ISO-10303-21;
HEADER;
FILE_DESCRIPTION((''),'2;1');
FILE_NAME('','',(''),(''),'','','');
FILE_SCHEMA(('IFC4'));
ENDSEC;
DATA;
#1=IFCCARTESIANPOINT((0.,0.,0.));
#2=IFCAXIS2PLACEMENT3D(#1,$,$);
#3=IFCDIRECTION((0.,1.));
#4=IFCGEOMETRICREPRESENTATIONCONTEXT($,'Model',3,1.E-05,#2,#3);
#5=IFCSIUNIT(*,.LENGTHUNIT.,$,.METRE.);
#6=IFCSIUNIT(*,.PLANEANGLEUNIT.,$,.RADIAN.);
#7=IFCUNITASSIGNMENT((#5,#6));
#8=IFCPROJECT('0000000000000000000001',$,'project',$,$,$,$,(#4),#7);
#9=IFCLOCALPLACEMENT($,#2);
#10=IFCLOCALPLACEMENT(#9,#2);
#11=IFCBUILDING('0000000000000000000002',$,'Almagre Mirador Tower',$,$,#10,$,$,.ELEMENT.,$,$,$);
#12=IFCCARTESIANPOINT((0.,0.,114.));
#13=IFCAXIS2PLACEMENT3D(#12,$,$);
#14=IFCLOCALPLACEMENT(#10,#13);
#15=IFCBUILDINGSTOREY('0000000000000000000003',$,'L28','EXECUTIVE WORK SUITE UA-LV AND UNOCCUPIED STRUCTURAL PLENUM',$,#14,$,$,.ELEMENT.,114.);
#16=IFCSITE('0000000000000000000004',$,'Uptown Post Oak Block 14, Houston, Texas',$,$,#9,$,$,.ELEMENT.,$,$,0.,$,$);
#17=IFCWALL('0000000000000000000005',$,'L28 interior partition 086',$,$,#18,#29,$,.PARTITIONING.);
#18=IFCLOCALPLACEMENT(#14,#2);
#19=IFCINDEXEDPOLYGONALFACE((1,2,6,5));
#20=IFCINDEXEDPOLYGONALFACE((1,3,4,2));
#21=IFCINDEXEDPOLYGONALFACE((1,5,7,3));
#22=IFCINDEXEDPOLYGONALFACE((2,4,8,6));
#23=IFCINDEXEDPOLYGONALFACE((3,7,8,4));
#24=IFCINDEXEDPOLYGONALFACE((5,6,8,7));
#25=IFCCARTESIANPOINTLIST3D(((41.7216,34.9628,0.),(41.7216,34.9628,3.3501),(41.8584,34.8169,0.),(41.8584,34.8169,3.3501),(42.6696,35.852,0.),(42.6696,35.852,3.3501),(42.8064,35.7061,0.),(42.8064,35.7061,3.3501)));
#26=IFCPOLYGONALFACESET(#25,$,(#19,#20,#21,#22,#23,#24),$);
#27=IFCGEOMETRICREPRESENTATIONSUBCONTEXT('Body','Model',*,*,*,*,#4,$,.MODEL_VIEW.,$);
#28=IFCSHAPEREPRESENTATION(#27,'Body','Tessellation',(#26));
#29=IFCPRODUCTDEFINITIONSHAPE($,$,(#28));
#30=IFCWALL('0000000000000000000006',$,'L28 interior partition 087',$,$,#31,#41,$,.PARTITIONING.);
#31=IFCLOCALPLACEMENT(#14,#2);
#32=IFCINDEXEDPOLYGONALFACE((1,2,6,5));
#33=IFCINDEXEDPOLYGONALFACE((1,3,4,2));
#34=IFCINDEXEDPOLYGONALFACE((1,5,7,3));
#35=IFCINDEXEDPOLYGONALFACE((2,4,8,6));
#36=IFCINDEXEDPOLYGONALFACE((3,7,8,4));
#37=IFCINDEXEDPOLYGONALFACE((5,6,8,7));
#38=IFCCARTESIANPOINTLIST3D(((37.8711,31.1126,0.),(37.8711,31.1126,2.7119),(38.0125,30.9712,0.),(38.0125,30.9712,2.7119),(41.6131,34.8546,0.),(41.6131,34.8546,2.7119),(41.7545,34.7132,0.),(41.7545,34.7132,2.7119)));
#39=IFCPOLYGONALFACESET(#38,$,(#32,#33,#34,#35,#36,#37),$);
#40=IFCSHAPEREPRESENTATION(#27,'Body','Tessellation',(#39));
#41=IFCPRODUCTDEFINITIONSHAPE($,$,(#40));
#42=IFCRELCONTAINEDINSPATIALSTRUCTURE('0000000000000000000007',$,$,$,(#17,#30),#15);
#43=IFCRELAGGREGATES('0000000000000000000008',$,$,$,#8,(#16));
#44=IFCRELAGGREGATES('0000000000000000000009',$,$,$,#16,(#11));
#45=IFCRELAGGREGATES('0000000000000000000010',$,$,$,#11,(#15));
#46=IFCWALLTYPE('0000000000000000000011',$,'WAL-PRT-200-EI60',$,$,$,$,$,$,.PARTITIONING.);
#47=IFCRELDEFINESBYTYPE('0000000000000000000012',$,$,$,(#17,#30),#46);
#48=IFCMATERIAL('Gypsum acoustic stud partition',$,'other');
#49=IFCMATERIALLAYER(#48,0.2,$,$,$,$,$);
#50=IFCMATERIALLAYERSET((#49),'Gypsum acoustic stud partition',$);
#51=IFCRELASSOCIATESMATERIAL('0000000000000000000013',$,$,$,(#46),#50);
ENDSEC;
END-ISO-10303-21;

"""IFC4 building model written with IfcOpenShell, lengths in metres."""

from ifc_helpers import new_model, si_unit, direction, frame, frame_2d, origin, place, context, subcontext, project, spatial, rectangle, extrude, material, layer, layer_set, type_object, element, save


model = new_model("IFC4")

# Units and contexts
model_context = context("Model", 3, precision=1e-05, world=origin(), true_north=direction((0.0, 1.0)))
body_context = subcontext(model_context, "Body", "Model", "MODEL_VIEW")
ifc_project = project(units=[si_unit("LENGTHUNIT", "METRE"), si_unit("PLANEANGLEUNIT", "RADIAN")], contexts=[model_context])

# Site, building, storey
site_placement = place(None, origin())
site = spatial("IfcSite", under=ifc_project, at=site_placement, Name="Uptown Post Oak Block 14, Houston, Texas", CompositionType="ELEMENT", RefElevation=0.0)
building_placement = place(site_placement, origin())
building = spatial("IfcBuilding", under=site, at=building_placement, Name="Almagre Mirador Tower", CompositionType="ELEMENT")
storey_placement = place(building_placement, frame((0.0, 0.0, 114.0)))
storey = spatial("IfcBuildingStorey", under=building, at=storey_placement, Name="L28", Description="EXECUTIVE WORK SUITE UA-LV AND UNOCCUPIED STRUCTURAL PLENUM", CompositionType="ELEMENT", Elevation=114.0)

# Walls
ifc_material_1 = material(Name="Gypsum acoustic stud partition", Category="other")
ifc_layer_1 = layer(ifc_material_1, 0.2)
ifc_layer_set_1 = layer_set([ifc_layer_1], Name="Gypsum acoustic stud partition")
wall_type_1 = type_object("IfcWallType", Name="WAL-PRT-200-EI60", PredefinedType="PARTITIONING", material=ifc_layer_set_1)
wall_1_placement = place(storey_placement, frame((42.738, 35.7791, 0.0), z_axis=(0.0, 0.0, 1.0), x_axis=(-0.729379, -0.68411, 0.0)))
element("IfcWall", 1, at=wall_1_placement, inside=storey, type_object=wall_type_1, Name="L28 interior partition 086", PredefinedType="PARTITIONING", context=body_context, shape_type="SweptSolid", body=[
    extrude(rectangle(XDim=1.2998, YDim=0.2, at=frame_2d((0.6499, 0.0))), origin(), (0.0, 0.0, 1.0), 3.3501),
])
wall_2_placement = place(storey_placement, frame((41.6838, 34.7839, 0.0), z_axis=(0.0, 0.0, 1.0), x_axis=(-0.707107, -0.707107, 0.0)))
element("IfcWall", 2, at=wall_2_placement, inside=storey, type_object=wall_type_1, Name="L28 interior partition 087", PredefinedType="PARTITIONING", context=body_context, shape_type="SweptSolid", body=[
    extrude(rectangle(XDim=5.292, YDim=0.2, at=frame_2d((2.646, 0.0))), origin(), (0.0, 0.0, 1.0), 2.7119),
])

save(model, "model.ifc")
